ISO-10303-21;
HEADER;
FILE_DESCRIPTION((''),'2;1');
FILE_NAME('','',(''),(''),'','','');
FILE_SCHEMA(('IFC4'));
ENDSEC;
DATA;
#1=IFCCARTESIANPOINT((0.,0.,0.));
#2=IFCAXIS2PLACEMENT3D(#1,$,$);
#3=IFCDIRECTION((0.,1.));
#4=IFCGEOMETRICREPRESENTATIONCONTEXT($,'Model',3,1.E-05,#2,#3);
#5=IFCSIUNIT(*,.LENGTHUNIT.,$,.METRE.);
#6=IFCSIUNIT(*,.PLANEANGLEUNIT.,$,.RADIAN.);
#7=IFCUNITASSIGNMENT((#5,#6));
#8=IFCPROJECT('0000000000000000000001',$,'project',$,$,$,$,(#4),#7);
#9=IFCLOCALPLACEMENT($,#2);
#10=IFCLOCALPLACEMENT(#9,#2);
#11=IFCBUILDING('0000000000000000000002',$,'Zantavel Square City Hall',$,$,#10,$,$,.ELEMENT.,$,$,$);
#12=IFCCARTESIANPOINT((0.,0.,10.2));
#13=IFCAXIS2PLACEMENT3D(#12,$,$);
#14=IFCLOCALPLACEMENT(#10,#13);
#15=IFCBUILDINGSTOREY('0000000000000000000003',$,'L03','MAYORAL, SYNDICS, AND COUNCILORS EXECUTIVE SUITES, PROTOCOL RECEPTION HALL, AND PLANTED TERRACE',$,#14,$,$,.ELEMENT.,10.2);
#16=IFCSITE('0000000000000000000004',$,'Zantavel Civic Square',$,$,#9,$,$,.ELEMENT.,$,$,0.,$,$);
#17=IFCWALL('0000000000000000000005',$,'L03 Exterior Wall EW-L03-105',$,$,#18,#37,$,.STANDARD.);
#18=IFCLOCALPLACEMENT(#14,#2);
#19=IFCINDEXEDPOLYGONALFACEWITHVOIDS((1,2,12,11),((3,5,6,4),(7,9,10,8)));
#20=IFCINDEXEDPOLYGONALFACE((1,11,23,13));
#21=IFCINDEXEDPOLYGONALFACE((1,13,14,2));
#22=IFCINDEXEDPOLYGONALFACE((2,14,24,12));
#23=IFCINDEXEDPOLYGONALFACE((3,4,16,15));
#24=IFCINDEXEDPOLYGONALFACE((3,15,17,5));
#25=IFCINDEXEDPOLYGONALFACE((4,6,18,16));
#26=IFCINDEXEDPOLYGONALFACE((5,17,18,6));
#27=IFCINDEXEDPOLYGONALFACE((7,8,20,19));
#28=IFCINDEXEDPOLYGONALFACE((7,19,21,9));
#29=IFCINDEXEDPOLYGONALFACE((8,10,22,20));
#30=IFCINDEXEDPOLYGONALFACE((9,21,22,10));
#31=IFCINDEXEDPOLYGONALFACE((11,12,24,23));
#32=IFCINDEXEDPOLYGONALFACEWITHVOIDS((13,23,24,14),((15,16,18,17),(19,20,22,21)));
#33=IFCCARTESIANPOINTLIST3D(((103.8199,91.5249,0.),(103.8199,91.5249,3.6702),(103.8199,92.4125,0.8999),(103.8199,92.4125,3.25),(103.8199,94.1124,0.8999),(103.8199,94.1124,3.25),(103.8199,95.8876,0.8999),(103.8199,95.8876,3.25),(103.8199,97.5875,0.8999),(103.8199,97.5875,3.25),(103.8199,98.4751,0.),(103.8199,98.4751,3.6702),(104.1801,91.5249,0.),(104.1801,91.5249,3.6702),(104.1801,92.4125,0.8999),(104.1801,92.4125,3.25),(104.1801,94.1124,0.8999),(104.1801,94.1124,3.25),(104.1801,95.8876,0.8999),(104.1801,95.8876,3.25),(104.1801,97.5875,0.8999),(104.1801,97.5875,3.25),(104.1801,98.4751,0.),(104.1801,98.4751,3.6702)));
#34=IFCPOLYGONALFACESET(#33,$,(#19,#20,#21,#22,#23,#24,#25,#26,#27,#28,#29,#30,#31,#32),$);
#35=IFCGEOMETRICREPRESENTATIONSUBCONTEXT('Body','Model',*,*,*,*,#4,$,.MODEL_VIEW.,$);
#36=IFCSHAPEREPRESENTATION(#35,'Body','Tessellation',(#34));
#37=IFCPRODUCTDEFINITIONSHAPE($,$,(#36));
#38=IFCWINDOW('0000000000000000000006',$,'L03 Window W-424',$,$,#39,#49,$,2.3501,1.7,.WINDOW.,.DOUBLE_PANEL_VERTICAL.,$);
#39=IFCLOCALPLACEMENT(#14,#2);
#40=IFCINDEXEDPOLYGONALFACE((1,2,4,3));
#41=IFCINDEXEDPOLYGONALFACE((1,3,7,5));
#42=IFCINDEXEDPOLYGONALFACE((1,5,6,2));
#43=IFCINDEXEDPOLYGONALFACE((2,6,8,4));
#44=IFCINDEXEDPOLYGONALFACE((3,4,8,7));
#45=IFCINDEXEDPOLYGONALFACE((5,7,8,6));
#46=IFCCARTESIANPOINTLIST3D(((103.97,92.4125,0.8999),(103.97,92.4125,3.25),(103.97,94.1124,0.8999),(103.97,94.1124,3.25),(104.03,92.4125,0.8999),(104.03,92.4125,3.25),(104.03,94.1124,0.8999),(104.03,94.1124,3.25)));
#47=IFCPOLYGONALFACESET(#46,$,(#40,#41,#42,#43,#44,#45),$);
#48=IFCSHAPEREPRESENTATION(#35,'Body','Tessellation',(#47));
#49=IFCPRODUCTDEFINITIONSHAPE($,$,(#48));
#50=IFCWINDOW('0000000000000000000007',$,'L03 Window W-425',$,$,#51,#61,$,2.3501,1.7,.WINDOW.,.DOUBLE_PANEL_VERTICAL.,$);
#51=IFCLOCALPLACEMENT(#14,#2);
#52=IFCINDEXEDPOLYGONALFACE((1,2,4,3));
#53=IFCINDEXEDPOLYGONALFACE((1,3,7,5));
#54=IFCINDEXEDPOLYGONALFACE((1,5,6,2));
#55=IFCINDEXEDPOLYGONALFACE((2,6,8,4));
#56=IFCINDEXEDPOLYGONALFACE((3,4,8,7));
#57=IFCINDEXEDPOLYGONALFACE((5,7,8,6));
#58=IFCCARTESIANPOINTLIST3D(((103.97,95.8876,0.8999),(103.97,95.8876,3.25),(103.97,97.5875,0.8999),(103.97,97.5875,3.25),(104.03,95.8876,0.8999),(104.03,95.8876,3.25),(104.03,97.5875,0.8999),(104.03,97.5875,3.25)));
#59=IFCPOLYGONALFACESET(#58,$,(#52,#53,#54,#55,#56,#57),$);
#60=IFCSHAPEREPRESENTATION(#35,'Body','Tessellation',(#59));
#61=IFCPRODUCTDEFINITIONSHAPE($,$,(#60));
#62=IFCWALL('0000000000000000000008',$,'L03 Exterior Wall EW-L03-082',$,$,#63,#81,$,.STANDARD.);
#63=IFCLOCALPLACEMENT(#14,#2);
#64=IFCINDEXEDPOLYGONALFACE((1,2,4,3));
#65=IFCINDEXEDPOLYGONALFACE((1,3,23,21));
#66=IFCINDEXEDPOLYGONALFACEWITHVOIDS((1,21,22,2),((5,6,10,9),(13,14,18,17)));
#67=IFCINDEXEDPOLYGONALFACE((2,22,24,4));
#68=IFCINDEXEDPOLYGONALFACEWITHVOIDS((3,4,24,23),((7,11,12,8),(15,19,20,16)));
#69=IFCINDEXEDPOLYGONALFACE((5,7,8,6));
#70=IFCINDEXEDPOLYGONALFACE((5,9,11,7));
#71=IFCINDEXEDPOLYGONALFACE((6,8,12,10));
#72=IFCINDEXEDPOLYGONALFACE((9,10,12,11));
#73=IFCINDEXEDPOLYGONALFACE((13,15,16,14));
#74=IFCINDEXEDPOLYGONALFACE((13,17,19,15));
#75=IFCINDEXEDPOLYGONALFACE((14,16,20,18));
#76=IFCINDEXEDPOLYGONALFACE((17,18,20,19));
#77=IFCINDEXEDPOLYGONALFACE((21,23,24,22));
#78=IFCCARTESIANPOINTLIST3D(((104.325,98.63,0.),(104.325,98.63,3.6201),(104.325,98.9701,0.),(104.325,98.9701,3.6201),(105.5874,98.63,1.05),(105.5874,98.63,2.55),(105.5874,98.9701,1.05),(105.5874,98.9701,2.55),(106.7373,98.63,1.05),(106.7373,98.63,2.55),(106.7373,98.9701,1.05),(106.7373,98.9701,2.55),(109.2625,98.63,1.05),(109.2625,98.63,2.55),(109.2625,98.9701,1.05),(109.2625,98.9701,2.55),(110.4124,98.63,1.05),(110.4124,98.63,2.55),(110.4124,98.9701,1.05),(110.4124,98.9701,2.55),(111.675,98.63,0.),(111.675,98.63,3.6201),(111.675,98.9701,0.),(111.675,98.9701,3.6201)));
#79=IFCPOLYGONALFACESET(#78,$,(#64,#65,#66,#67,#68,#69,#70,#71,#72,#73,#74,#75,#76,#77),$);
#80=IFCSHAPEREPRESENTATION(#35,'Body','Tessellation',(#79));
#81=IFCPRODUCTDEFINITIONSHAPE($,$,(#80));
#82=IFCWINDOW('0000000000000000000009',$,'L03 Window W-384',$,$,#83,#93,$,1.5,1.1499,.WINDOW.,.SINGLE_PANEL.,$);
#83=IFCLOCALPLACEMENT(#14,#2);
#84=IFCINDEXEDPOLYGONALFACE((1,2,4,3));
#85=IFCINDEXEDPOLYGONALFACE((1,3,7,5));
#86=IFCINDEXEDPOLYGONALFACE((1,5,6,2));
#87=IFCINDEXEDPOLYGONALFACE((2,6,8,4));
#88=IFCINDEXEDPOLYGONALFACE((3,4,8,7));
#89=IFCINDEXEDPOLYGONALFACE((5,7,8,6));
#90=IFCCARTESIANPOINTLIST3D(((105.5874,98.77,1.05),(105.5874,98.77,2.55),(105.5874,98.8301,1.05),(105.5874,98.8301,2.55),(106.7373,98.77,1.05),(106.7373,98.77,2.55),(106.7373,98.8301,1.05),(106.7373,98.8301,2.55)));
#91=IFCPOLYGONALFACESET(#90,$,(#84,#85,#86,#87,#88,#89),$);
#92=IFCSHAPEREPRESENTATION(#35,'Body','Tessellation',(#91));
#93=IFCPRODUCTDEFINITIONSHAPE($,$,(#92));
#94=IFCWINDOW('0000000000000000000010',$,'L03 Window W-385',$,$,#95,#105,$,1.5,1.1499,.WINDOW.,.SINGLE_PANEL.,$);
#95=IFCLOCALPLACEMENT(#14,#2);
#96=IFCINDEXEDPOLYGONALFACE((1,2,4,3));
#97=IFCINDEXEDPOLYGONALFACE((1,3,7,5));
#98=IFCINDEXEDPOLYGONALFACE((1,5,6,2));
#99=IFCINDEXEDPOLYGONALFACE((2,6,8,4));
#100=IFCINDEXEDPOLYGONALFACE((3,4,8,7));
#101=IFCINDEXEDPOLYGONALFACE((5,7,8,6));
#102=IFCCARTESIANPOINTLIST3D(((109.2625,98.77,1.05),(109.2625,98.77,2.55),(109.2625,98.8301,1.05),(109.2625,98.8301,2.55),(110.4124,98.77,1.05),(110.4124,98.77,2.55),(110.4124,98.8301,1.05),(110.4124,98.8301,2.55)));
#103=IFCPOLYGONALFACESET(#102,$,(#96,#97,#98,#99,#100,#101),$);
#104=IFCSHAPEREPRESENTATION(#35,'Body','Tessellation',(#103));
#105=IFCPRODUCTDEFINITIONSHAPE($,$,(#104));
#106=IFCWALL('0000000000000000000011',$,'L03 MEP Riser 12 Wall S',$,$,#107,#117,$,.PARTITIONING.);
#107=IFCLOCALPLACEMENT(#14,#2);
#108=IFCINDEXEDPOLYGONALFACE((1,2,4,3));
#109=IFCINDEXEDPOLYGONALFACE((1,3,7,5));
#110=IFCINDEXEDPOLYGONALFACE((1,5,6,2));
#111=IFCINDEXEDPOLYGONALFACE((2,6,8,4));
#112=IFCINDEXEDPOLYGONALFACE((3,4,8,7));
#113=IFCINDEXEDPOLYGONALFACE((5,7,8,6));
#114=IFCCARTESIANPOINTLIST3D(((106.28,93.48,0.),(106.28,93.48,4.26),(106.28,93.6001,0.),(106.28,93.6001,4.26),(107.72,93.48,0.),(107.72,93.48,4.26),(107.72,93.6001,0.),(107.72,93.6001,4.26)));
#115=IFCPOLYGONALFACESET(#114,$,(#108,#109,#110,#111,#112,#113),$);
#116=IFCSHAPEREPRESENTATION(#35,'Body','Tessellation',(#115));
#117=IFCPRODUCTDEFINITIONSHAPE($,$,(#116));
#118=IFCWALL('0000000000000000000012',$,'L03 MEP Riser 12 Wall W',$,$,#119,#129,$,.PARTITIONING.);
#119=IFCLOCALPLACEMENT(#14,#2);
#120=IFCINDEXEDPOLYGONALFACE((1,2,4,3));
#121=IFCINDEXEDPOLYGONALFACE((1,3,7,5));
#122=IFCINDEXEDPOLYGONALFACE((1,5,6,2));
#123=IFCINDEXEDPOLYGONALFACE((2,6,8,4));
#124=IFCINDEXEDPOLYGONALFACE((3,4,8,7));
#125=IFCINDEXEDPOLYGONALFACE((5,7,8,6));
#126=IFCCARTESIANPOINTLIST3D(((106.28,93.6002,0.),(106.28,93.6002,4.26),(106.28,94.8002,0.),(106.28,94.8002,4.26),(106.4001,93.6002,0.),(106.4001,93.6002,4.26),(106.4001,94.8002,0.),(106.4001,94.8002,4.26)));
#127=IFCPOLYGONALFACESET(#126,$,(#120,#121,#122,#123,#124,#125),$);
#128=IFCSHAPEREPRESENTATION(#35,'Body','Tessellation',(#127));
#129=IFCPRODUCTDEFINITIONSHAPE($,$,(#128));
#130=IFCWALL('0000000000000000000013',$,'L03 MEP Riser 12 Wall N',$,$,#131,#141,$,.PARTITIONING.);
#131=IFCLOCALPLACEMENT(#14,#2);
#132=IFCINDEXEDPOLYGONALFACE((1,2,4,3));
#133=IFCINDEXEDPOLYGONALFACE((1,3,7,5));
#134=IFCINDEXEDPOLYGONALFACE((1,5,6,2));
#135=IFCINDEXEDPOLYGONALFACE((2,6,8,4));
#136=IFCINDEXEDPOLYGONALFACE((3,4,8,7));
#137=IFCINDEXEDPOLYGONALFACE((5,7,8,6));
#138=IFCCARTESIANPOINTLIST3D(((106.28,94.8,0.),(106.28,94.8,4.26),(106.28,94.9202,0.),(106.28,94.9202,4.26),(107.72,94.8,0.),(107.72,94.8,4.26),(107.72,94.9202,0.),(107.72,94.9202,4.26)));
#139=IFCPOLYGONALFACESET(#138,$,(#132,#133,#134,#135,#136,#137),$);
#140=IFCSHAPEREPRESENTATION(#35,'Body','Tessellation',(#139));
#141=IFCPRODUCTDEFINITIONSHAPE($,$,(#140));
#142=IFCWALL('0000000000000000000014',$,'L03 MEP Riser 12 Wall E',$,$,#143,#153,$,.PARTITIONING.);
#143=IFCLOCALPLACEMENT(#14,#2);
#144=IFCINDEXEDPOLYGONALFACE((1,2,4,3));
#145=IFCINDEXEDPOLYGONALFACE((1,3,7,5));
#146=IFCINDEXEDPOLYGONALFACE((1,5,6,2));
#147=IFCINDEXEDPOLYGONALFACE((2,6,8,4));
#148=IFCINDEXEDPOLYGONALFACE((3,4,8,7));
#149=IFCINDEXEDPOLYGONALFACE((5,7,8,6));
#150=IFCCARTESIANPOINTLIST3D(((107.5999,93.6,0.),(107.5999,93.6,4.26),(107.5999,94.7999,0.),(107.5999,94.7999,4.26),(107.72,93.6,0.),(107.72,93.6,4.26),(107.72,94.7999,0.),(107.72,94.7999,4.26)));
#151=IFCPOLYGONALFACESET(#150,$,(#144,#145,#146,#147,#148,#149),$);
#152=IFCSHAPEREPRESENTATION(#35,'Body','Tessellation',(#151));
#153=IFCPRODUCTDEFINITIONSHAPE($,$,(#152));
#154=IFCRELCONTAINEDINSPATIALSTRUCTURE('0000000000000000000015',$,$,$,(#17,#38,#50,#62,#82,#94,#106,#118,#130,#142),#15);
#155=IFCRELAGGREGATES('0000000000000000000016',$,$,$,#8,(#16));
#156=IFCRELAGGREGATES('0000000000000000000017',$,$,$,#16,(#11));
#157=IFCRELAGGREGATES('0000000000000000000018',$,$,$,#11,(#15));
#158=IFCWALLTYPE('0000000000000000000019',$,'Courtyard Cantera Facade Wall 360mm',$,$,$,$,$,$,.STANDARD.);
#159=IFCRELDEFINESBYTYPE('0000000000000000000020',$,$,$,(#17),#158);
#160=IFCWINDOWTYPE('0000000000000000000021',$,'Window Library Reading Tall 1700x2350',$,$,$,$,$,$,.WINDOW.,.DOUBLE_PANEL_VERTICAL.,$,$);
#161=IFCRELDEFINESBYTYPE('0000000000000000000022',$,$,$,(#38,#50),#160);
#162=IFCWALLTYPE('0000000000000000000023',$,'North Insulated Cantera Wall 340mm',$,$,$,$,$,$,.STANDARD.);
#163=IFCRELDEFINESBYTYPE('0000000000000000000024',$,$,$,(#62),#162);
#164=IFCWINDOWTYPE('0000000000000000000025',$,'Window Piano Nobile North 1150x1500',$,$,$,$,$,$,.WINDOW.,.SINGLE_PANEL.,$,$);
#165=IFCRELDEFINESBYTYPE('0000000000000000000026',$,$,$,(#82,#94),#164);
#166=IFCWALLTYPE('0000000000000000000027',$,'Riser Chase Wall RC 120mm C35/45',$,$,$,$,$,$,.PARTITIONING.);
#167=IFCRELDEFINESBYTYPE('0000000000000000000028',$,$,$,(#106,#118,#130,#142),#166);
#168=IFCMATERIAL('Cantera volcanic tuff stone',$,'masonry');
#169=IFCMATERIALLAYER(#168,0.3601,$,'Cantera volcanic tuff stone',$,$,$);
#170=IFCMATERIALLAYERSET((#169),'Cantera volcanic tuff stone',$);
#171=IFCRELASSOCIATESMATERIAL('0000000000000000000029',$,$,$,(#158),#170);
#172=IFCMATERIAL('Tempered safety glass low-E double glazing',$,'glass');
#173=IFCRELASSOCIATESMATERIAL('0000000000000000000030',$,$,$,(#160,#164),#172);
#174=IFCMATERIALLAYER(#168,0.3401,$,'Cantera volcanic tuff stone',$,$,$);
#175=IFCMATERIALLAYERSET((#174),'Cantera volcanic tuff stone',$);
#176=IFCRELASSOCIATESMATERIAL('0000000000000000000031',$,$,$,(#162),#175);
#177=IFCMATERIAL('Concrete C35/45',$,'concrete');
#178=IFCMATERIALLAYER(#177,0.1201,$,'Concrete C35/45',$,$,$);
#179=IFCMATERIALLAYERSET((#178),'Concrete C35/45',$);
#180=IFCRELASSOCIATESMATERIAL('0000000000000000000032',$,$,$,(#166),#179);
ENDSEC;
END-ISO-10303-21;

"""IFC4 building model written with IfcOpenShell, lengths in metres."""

from ifc_helpers import new_model, si_unit, direction, frame, frame_2d, origin, place, context, subcontext, project, spatial, rectangle, extrude, material, layer, layer_set, type_object, element, fill, save


model = new_model("IFC4")

# Units and contexts
model_context = context("Model", 3, precision=1e-05, world=origin(), true_north=direction((0.0, 1.0)))
body_context = subcontext(model_context, "Body", "Model", "MODEL_VIEW")
ifc_project = project(units=[si_unit("LENGTHUNIT", "METRE"), si_unit("PLANEANGLEUNIT", "RADIAN")], contexts=[model_context])

# Site, building, storey
site_placement = place(None, origin())
site = spatial("IfcSite", under=ifc_project, at=site_placement, Name="Zantavel Civic Square", CompositionType="ELEMENT", RefElevation=0.0)
building_placement = place(site_placement, origin())
building = spatial("IfcBuilding", under=site, at=building_placement, Name="Zantavel Square City Hall", CompositionType="ELEMENT")
storey_placement = place(building_placement, frame((0.0, 0.0, 10.2)))
storey = spatial("IfcBuildingStorey", under=building, at=storey_placement, Name="L03", Description="MAYORAL, SYNDICS, AND COUNCILORS EXECUTIVE SUITES, PROTOCOL RECEPTION HALL, AND PLANTED TERRACE", CompositionType="ELEMENT", Elevation=10.2)

# Shared definitions
ifc_material_1 = material(Name="Concrete C35/45", Category="concrete")

# Walls, openings, windows
ifc_material_2 = material(Name="Cantera volcanic tuff stone", Category="masonry")
ifc_layer_1 = layer(ifc_material_2, 0.3601, Name="Cantera volcanic tuff stone")
ifc_layer_set_1 = layer_set([ifc_layer_1], Name="Cantera volcanic tuff stone")
wall_type_1 = type_object("IfcWallType", Name="Courtyard Cantera Facade Wall 360mm", PredefinedType="STANDARD", material=ifc_layer_set_1)
ifc_material_3 = material(Name="Tempered safety glass low-E double glazing", Category="glass")
window_type_1 = type_object("IfcWindowType", Name="Window Library Reading Tall 1700x2350", PartitioningType="DOUBLE_PANEL_VERTICAL", PredefinedType="WINDOW", material=ifc_material_3)
wall_1_placement = place(storey_placement, frame((104.0, 91.5249, 0.0), z_axis=(0.0, 0.0, 1.0), x_axis=(0.0, 1.0, 0.0)))
wall_1 = element("IfcWall", 1, at=wall_1_placement, inside=storey, type_object=wall_type_1, Name="L03 Exterior Wall EW-L03-105", PredefinedType="STANDARD", context=body_context, shape_type="SweptSolid", body=[
    extrude(rectangle(XDim=6.9502, YDim=0.3601, at=frame_2d((3.4751, 0.0))), origin(), (0.0, 0.0, 1.0), 3.6702),
])
opening_1_placement = place(wall_1_placement, frame((0.8875, 0.0, 0.8999)))
opening_1 = element("IfcOpeningElement", 2, at=opening_1_placement, cuts=wall_1, PredefinedType="OPENING", context=body_context, shape_type="SweptSolid", body=[
    extrude(rectangle(XDim=1.7, YDim=2.3501, at=frame_2d((0.8501, 1.175))), frame((0.0, 0.1899, 0.0), z_axis=(0.0, -1.0, 0.0), x_axis=(1.0, 0.0, 0.0)), (0.0, 0.0, 1.0), 0.3801),
])
opening_2_placement = place(wall_1_placement, frame((4.3625, 0.0, 0.8999)))
opening_2 = element("IfcOpeningElement", 3, at=opening_2_placement, cuts=wall_1, PredefinedType="OPENING", context=body_context, shape_type="SweptSolid", body=[
    extrude(rectangle(XDim=1.7, YDim=2.3501, at=frame_2d((0.8501, 1.175))), frame((0.0, 0.1899, 0.0), z_axis=(0.0, -1.0, 0.0), x_axis=(1.0, 0.0, 0.0)), (0.0, 0.0, 1.0), 0.3801),
])
window_1_placement = place(opening_1_placement, origin())
window_1 = element("IfcWindow", 4, at=window_1_placement, inside=storey, type_object=window_type_1, Name="L03 Window W-424", OverallHeight=2.3501, OverallWidth=1.7, PartitioningType="DOUBLE_PANEL_VERTICAL", PredefinedType="WINDOW", context=body_context, shape_type="SweptSolid", body=[
    extrude(rectangle(XDim=1.7, YDim=2.3501, at=frame_2d((0.8501, 1.175))), frame((0.0, 0.03, 0.0), z_axis=(0.0, -1.0, 0.0), x_axis=(1.0, 0.0, 0.0)), (0.0, 0.0, 1.0), 0.0601),
])
fill(opening_1, window_1)
window_2_placement = place(opening_2_placement, origin())
window_2 = element("IfcWindow", 5, at=window_2_placement, inside=storey, type_object=window_type_1, Name="L03 Window W-425", OverallHeight=2.3501, OverallWidth=1.7, PartitioningType="DOUBLE_PANEL_VERTICAL", PredefinedType="WINDOW", context=body_context, shape_type="SweptSolid", body=[
    extrude(rectangle(XDim=1.7, YDim=2.3501, at=frame_2d((0.8501, 1.175))), frame((0.0, 0.03, 0.0), z_axis=(0.0, -1.0, 0.0), x_axis=(1.0, 0.0, 0.0)), (0.0, 0.0, 1.0), 0.0601),
])
fill(opening_2, window_2)
ifc_layer_2 = layer(ifc_material_2, 0.3401, Name="Cantera volcanic tuff stone")
ifc_layer_set_2 = layer_set([ifc_layer_2], Name="Cantera volcanic tuff stone")
wall_type_2 = type_object("IfcWallType", Name="North Insulated Cantera Wall 340mm", PredefinedType="STANDARD", material=ifc_layer_set_2)
wall_2_placement = place(storey_placement, frame((104.325, 98.8, 0.0), z_axis=(0.0, 0.0, 1.0), x_axis=(1.0, 0.0, 0.0)))
wall_2 = element("IfcWall", 6, at=wall_2_placement, inside=storey, type_object=wall_type_2, Name="L03 Exterior Wall EW-L03-082", PredefinedType="STANDARD", context=body_context, shape_type="SweptSolid", body=[
    extrude(rectangle(XDim=7.3501, YDim=0.3401, at=frame_2d((3.675, 0.0))), origin(), (0.0, 0.0, 1.0), 3.6201),
])
opening_3_placement = place(wall_2_placement, frame((1.2625, 0.0, 1.05)))
opening_3 = element("IfcOpeningElement", 7, at=opening_3_placement, cuts=wall_2, PredefinedType="OPENING", context=body_context, shape_type="SweptSolid", body=[
    extrude(rectangle(XDim=1.1499, YDim=1.5, at=frame_2d((0.575, 0.75))), frame((0.0, 0.1799, 0.0), z_axis=(0.0, -1.0, 0.0), x_axis=(1.0, 0.0, 0.0)), (0.0, 0.0, 1.0), 0.3601),
])
opening_4_placement = place(wall_2_placement, frame((4.9375, 0.0, 1.05)))
opening_4 = element("IfcOpeningElement", 8, at=opening_4_placement, cuts=wall_2, PredefinedType="OPENING", context=body_context, shape_type="SweptSolid", body=[
    extrude(rectangle(XDim=1.1499, YDim=1.5, at=frame_2d((0.575, 0.75))), frame((0.0, 0.1799, 0.0), z_axis=(0.0, -1.0, 0.0), x_axis=(1.0, 0.0, 0.0)), (0.0, 0.0, 1.0), 0.3601),
])
window_type_2 = type_object("IfcWindowType", Name="Window Piano Nobile North 1150x1500", PartitioningType="SINGLE_PANEL", PredefinedType="WINDOW", material=ifc_material_3)
window_3_placement = place(opening_3_placement, origin())
window_3 = element("IfcWindow", 9, at=window_3_placement, inside=storey, type_object=window_type_2, Name="L03 Window W-384", OverallHeight=1.5, OverallWidth=1.1499, PartitioningType="SINGLE_PANEL", PredefinedType="WINDOW", context=body_context, shape_type="SweptSolid", body=[
    extrude(rectangle(XDim=1.1499, YDim=1.5, at=frame_2d((0.575, 0.75))), frame((0.0, 0.03, 0.0), z_axis=(0.0, -1.0, 0.0), x_axis=(1.0, 0.0, 0.0)), (0.0, 0.0, 1.0), 0.0601),
])
fill(opening_3, window_3)
window_4_placement = place(opening_4_placement, origin())
window_4 = element("IfcWindow", 10, at=window_4_placement, inside=storey, type_object=window_type_2, Name="L03 Window W-385", OverallHeight=1.5, OverallWidth=1.1499, PartitioningType="SINGLE_PANEL", PredefinedType="WINDOW", context=body_context, shape_type="SweptSolid", body=[
    extrude(rectangle(XDim=1.1499, YDim=1.5, at=frame_2d((0.575, 0.75))), frame((0.0, 0.03, 0.0), z_axis=(0.0, -1.0, 0.0), x_axis=(1.0, 0.0, 0.0)), (0.0, 0.0, 1.0), 0.0601),
])
fill(opening_4, window_4)

# Walls
ifc_layer_3 = layer(ifc_material_1, 0.1201, Name="Concrete C35/45")
ifc_layer_set_3 = layer_set([ifc_layer_3], Name="Concrete C35/45")
wall_type_3 = type_object("IfcWallType", Name="Riser Chase Wall RC 120mm C35/45", PredefinedType="PARTITIONING", material=ifc_layer_set_3)
wall_3_placement = place(storey_placement, frame((107.72, 93.54, 0.0), z_axis=(0.0, 0.0, 1.0), x_axis=(-1.0, 0.0, 0.0)))
element("IfcWall", 11, at=wall_3_placement, inside=storey, type_object=wall_type_3, Name="L03 MEP Riser 12 Wall S", PredefinedType="PARTITIONING", context=body_context, shape_type="SweptSolid", body=[
    extrude(rectangle(XDim=1.4399, YDim=0.1201, at=frame_2d((0.72, 0.0))), origin(), (0.0, 0.0, 1.0), 4.26),
])
wall_4_placement = place(storey_placement, frame((106.3401, 93.6001, 0.0), z_axis=(0.0, 0.0, 1.0), x_axis=(0.0, 1.0, 0.0)))
element("IfcWall", 12, at=wall_4_placement, inside=storey, type_object=wall_type_3, Name="L03 MEP Riser 12 Wall W", PredefinedType="PARTITIONING", context=body_context, shape_type="SweptSolid", body=[
    extrude(rectangle(XDim=1.2, YDim=0.1201, at=frame_2d((0.6001, 0.0))), origin(), (0.0, 0.0, 1.0), 4.26),
])
wall_5_placement = place(storey_placement, frame((106.28, 94.8601, 0.0), z_axis=(0.0, 0.0, 1.0), x_axis=(1.0, 0.0, 0.0)))
element("IfcWall", 13, at=wall_5_placement, inside=storey, type_object=wall_type_3, Name="L03 MEP Riser 12 Wall N", PredefinedType="PARTITIONING", context=body_context, shape_type="SweptSolid", body=[
    extrude(rectangle(XDim=1.4399, YDim=0.1201, at=frame_2d((0.72, 0.0))), origin(), (0.0, 0.0, 1.0), 4.26),
])
wall_6_placement = place(storey_placement, frame((107.6599, 94.8, 0.0), z_axis=(0.0, 0.0, 1.0), x_axis=(0.0, -1.0, 0.0)))
element("IfcWall", 14, at=wall_6_placement, inside=storey, type_object=wall_type_3, Name="L03 MEP Riser 12 Wall E", PredefinedType="PARTITIONING", context=body_context, shape_type="SweptSolid", body=[
    extrude(rectangle(XDim=1.2, YDim=0.1201, at=frame_2d((0.6001, 0.0))), origin(), (0.0, 0.0, 1.0), 4.26),
])

save(model, "model.ifc")
